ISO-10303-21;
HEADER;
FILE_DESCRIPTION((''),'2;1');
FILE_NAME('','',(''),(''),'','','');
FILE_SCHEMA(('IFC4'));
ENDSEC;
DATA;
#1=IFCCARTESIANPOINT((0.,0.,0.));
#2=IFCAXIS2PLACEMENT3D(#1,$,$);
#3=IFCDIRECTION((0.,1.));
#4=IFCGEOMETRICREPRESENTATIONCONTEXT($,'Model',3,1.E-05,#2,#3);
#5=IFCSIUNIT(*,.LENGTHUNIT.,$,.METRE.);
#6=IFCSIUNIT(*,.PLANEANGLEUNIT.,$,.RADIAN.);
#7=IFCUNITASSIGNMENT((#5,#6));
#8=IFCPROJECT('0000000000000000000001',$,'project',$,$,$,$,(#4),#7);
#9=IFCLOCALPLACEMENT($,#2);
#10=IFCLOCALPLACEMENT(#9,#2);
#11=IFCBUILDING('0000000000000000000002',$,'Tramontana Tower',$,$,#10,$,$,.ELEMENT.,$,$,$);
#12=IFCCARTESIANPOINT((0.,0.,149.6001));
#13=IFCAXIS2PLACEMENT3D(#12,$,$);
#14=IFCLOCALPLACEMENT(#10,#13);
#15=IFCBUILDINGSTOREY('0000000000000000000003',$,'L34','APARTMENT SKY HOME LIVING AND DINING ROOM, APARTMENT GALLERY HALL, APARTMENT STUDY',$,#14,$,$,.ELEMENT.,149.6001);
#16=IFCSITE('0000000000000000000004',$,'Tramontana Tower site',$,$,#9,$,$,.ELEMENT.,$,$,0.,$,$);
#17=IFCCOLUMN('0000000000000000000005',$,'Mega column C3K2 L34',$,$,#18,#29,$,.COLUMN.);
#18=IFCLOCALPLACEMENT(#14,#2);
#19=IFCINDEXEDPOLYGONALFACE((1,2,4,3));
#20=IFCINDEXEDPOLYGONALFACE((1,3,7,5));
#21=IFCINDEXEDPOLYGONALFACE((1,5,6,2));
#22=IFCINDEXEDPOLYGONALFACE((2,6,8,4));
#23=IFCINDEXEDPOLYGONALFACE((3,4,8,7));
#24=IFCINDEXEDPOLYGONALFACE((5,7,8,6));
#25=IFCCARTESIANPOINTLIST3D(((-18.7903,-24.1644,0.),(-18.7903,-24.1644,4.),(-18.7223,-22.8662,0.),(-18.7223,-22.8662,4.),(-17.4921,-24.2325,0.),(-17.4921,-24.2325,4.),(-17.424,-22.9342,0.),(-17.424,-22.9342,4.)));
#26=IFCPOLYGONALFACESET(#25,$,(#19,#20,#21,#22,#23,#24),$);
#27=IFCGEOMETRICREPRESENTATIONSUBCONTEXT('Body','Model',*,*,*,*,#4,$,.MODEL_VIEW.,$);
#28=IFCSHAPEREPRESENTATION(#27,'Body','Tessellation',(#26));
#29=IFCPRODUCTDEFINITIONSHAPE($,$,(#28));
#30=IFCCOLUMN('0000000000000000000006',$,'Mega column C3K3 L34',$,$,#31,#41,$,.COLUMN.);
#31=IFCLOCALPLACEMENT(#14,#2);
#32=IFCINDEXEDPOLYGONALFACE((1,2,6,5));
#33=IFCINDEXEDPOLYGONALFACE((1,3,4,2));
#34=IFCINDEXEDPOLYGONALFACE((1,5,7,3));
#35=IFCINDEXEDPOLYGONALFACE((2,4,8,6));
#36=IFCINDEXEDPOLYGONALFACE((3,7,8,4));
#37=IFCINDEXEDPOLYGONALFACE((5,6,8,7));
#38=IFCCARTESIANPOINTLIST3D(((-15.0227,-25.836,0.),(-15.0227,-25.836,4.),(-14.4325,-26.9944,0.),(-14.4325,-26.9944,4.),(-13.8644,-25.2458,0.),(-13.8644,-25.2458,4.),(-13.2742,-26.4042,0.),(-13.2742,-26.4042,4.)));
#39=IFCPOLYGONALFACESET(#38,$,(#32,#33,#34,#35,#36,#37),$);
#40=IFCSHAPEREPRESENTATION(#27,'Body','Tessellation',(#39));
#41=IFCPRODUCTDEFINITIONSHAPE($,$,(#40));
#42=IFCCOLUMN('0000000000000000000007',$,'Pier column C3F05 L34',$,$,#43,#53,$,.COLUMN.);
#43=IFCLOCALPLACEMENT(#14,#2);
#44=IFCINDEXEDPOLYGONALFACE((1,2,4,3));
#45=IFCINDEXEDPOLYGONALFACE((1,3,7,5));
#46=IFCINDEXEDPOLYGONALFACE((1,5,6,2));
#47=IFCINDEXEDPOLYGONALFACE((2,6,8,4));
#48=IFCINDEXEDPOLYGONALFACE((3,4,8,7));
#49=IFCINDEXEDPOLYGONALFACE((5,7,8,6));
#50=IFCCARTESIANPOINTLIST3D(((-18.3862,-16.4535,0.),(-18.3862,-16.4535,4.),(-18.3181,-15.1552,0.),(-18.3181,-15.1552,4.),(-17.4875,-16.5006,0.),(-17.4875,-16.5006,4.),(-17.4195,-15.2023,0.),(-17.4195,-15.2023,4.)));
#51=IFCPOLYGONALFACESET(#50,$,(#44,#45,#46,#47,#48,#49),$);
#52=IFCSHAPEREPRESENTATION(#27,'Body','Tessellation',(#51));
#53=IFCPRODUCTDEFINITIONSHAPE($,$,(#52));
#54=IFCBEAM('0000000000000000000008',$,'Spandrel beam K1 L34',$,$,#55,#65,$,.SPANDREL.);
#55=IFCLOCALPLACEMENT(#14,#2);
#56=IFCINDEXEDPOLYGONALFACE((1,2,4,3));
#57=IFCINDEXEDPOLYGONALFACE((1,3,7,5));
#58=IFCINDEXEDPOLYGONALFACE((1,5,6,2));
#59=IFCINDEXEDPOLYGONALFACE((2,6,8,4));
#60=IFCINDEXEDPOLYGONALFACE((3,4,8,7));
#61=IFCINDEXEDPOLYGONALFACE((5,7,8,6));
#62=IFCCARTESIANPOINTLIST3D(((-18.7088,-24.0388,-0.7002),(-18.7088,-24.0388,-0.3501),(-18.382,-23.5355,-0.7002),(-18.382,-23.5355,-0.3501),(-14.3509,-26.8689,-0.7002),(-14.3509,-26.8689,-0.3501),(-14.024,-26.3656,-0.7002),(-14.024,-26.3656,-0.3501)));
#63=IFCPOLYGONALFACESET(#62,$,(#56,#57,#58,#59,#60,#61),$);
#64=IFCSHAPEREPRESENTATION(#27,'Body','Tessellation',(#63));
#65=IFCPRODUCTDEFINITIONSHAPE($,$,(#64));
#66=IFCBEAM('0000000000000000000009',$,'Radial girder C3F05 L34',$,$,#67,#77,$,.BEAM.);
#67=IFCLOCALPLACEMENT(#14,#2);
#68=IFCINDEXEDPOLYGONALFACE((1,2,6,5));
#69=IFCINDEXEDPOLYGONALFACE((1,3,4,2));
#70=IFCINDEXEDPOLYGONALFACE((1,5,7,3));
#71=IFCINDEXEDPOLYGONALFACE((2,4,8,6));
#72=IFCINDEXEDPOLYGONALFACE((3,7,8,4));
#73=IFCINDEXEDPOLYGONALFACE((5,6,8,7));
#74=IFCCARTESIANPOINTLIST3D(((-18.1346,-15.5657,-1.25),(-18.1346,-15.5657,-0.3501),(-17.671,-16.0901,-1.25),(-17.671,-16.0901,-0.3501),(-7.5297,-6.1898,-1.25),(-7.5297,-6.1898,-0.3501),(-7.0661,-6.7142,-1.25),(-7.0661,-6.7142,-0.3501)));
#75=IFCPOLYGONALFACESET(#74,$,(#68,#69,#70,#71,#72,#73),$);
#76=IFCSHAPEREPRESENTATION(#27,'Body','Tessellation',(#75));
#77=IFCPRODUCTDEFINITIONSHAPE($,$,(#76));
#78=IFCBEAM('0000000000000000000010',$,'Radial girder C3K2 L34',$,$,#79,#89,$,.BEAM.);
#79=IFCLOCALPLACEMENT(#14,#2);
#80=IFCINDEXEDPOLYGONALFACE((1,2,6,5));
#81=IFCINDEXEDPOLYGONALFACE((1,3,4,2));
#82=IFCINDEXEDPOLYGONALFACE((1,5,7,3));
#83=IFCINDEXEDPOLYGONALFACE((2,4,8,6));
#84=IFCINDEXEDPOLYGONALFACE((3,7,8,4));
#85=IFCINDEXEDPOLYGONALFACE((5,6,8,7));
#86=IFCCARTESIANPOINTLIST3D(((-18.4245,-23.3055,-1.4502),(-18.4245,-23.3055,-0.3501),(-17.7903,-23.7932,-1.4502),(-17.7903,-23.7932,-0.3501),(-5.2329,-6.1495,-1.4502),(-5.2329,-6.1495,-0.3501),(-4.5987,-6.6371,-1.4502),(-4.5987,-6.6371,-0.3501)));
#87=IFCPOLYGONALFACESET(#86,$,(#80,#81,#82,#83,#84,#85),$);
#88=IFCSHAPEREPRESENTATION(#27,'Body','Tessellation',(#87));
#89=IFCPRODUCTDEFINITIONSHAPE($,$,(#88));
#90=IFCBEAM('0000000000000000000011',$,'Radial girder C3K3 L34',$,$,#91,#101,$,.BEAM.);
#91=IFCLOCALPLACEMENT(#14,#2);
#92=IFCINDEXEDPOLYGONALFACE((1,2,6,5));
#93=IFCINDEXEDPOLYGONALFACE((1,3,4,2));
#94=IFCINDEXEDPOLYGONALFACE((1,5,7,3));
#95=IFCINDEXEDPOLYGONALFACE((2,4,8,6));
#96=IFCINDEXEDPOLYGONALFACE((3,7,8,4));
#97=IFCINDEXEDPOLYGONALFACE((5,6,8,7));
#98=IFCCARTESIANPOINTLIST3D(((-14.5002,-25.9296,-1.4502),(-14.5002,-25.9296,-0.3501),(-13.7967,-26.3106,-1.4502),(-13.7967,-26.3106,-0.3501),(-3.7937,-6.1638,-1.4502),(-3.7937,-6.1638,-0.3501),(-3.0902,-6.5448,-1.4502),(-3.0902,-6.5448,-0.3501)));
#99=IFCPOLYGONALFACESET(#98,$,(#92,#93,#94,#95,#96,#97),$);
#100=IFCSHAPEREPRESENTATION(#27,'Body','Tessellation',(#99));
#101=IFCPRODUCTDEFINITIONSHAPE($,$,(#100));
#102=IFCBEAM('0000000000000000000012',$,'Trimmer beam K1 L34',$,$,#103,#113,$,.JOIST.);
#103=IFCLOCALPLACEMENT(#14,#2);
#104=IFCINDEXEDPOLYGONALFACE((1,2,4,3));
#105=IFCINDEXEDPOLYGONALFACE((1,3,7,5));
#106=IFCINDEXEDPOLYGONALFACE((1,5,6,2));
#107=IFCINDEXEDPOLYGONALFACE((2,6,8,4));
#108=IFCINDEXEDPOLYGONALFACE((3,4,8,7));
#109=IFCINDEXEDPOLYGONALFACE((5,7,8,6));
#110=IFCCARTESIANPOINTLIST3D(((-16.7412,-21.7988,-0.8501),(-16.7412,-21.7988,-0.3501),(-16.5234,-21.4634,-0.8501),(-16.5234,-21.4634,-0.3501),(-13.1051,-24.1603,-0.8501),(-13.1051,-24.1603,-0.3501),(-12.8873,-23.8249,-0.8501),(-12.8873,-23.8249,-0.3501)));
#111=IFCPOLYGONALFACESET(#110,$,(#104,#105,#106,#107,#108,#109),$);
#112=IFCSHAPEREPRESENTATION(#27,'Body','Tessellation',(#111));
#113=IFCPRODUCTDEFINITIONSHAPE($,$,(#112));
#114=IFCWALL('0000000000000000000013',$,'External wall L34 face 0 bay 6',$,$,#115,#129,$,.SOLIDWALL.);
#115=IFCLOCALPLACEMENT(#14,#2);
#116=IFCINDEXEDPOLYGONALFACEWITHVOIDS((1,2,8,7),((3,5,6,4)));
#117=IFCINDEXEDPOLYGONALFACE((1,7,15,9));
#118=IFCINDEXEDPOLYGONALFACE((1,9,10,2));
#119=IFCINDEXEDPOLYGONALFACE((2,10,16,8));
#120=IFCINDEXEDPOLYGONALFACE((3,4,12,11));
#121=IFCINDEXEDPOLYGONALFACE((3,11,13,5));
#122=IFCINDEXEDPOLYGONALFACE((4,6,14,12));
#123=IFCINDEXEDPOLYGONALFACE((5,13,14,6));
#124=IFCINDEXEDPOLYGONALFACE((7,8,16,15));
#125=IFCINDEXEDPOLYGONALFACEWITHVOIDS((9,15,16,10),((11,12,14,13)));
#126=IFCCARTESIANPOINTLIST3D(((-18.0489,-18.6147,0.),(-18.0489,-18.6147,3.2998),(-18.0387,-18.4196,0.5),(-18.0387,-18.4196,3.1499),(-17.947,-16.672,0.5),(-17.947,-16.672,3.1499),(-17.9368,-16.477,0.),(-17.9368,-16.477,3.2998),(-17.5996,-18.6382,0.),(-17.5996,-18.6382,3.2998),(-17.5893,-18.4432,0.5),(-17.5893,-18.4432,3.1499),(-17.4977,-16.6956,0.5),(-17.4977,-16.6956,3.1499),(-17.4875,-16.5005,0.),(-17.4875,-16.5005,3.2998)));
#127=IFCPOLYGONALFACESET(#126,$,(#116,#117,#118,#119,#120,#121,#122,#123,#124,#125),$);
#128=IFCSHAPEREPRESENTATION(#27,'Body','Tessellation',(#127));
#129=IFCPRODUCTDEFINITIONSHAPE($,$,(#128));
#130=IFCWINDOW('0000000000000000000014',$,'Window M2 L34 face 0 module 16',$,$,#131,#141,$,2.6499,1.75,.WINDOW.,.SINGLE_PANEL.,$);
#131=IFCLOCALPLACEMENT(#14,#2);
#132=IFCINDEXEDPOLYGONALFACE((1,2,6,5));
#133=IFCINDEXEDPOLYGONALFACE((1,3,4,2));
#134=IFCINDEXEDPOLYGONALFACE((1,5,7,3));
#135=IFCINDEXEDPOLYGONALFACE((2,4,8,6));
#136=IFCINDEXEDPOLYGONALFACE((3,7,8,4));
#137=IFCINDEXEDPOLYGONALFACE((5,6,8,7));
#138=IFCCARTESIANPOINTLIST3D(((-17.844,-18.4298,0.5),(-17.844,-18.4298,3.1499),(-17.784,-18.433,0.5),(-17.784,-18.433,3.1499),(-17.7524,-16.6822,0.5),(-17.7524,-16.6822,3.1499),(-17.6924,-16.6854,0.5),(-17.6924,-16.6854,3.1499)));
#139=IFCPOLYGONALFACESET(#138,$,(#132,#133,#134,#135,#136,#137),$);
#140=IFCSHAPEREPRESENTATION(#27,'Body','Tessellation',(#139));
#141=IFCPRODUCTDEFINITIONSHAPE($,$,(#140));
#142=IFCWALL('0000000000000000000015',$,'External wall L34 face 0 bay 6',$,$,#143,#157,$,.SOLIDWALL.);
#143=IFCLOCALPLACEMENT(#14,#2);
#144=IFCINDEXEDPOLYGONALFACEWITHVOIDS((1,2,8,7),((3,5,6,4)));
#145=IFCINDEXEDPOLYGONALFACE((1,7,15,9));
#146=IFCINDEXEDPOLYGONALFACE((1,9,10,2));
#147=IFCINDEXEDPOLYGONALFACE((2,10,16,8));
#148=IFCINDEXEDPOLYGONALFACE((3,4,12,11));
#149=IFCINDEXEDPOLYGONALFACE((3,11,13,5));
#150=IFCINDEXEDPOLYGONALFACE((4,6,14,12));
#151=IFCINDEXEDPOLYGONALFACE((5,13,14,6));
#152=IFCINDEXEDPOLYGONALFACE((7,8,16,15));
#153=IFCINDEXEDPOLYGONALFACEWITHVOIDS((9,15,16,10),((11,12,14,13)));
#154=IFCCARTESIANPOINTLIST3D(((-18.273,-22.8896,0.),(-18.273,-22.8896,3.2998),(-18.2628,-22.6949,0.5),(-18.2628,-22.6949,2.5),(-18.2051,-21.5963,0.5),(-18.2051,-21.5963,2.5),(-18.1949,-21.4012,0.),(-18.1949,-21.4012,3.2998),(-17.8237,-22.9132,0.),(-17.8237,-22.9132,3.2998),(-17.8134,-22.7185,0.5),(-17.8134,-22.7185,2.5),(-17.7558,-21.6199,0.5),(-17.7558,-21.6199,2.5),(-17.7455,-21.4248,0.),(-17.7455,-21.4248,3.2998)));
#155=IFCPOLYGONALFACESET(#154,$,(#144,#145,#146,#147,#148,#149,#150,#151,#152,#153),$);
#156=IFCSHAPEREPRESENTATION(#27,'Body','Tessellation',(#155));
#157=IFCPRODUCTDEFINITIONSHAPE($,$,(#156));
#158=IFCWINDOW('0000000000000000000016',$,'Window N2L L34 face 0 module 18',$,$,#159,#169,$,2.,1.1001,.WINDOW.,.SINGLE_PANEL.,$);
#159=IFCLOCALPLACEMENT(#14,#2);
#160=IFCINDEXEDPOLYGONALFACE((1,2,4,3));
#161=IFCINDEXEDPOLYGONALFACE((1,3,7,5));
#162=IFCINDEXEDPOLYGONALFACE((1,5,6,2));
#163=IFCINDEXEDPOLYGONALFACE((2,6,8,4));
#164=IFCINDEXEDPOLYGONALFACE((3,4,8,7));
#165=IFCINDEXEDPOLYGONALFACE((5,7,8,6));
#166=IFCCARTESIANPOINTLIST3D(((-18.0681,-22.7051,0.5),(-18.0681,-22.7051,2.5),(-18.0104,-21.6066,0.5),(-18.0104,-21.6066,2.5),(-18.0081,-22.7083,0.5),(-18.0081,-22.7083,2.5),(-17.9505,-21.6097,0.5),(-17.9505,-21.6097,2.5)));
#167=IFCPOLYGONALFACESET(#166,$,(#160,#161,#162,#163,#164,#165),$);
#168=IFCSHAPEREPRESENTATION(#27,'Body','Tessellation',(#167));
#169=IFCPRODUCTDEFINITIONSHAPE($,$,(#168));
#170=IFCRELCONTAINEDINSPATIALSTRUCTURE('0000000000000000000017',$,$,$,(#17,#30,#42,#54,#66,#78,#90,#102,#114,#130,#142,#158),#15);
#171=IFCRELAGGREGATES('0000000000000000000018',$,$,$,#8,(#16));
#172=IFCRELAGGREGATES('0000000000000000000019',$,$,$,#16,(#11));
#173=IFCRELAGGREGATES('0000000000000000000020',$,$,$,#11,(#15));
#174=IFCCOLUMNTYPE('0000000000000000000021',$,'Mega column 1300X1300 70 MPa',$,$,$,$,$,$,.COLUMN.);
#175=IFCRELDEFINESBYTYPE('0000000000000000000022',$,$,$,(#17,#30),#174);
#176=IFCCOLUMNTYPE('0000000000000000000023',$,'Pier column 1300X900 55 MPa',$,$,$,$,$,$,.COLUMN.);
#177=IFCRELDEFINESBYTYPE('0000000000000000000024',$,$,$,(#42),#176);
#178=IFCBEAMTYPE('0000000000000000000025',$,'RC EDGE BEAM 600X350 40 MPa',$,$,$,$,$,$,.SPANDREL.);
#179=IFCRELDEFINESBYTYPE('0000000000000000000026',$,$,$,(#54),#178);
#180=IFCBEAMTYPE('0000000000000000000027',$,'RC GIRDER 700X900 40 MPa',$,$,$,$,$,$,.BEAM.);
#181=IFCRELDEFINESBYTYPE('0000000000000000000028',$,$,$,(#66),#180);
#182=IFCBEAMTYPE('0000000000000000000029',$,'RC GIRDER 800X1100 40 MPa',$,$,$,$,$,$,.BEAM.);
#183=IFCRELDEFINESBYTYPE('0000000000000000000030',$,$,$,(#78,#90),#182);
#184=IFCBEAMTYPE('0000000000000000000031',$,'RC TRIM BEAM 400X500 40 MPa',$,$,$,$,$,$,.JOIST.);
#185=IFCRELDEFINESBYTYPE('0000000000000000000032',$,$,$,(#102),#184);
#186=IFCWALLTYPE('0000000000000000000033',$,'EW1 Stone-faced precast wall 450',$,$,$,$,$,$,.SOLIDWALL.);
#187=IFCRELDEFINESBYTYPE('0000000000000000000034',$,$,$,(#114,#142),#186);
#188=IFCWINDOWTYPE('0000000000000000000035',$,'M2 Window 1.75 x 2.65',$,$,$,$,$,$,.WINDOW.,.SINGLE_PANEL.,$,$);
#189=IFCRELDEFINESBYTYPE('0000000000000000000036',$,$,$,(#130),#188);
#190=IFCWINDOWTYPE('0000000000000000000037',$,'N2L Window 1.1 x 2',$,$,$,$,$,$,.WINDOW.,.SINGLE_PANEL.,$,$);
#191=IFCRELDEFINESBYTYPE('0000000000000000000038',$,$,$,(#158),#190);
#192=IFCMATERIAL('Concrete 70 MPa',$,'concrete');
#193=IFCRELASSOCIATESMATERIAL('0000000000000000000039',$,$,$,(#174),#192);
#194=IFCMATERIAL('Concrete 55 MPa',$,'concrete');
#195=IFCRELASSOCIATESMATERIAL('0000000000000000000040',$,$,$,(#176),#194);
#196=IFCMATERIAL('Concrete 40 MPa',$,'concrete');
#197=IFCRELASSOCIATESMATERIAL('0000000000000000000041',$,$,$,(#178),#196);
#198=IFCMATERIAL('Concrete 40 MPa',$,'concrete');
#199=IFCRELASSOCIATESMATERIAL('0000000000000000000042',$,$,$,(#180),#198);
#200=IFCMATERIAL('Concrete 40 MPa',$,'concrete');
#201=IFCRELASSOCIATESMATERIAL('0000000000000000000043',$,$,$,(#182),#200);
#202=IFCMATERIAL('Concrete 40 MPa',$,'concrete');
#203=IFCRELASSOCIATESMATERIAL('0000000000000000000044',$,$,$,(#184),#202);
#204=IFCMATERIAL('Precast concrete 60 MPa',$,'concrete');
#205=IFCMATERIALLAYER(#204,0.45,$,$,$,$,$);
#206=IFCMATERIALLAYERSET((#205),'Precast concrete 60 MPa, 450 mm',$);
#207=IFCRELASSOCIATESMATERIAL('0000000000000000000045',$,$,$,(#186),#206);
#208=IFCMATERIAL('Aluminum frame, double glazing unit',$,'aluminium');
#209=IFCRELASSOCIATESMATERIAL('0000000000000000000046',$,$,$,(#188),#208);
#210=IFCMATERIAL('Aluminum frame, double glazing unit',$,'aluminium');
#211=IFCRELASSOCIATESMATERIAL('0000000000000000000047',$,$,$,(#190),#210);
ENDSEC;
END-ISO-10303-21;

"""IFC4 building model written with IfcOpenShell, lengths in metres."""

from ifc_helpers import new_model, si_unit, direction, frame, frame_2d, origin, origin_2d, place, context, subcontext, project, spatial, rectangle, extrude, material, layer, layer_set, material_profile, profile_set, type_object, element, fill, save


model = new_model("IFC4")

# Units and contexts
model_context = context("Model", 3, precision=1e-05, world=origin(), true_north=direction((0.0, 1.0)))
body_context = subcontext(model_context, "Body", "Model", "MODEL_VIEW")
ifc_project = project(units=[si_unit("LENGTHUNIT", "METRE"), si_unit("PLANEANGLEUNIT", "RADIAN")], contexts=[model_context])

# Site, building, storey
site_placement = place(None, origin())
site = spatial("IfcSite", under=ifc_project, at=site_placement, Name="Tramontana Tower site", CompositionType="ELEMENT", RefElevation=0.0)
building_placement = place(site_placement, origin())
building = spatial("IfcBuilding", under=site, at=building_placement, Name="Tramontana Tower", CompositionType="ELEMENT")
storey_placement = place(building_placement, frame((0.0, 0.0, 149.6001)))
storey = spatial("IfcBuildingStorey", under=building, at=storey_placement, Name="L34", Description="APARTMENT SKY HOME LIVING AND DINING ROOM, APARTMENT GALLERY HALL, APARTMENT STUDY", CompositionType="ELEMENT", Elevation=149.6001)

# Columns
ifc_material_1 = material(Name="Concrete 70 MPa", Category="concrete")
ifc_material_profile_1 = material_profile(ifc_material_1, rectangle(XDim=1.3, YDim=1.3, at=origin_2d()), Name="Mega column 1300X1300 70 MPa")
ifc_profile_set_1 = profile_set([ifc_material_profile_1], Name="Concrete 70 MPa")
column_type_1 = type_object("IfcColumnType", Name="Mega column 1300X1300 70 MPa", PredefinedType="COLUMN", material=ifc_profile_set_1)
for number, where, z_axis, x_axis, name in (
    (1, (-18.1072, -23.5493, 0.0), (0.0, 0.0, 1.0), (-0.052336, -0.99863, 0.0), "Mega column C3K2 L34"),
    (2, (-14.1484, -26.1201, 0.0), (0.0, 0.0, 1.0), (0.891007, 0.45399, 0.0), "Mega column C3K3 L34"),
):
    element("IfcColumn", number, at=place(storey_placement, frame(where, z_axis=z_axis, x_axis=x_axis)), inside=storey, type_object=column_type_1, Name=name, PredefinedType="COLUMN", context=body_context, shape_type="SweptSolid", body=[
        extrude(rectangle(XDim=1.3, YDim=1.3, at=origin_2d()), origin(), (0.0, 0.0, 1.0), 4.0),
    ])
ifc_material_2 = material(Name="Concrete 55 MPa", Category="concrete")
ifc_material_profile_2 = material_profile(ifc_material_2, rectangle(XDim=1.3, YDim=0.8999, at=origin_2d()), Name="Pier column 1300X900 55 MPa")
ifc_profile_set_2 = profile_set([ifc_material_profile_2], Name="Concrete 55 MPa")
column_type_2 = type_object("IfcColumnType", Name="Pier column 1300X900 55 MPa", PredefinedType="COLUMN", material=ifc_profile_set_2)
column_placement = place(storey_placement, frame((-17.9028, -15.8279, 0.0), z_axis=(0.0, 0.0, 1.0), x_axis=(-0.052336, -0.99863, 0.0)))
element("IfcColumn", 3, at=column_placement, inside=storey, type_object=column_type_2, Name="Pier column C3F05 L34", PredefinedType="COLUMN", context=body_context, shape_type="SweptSolid", body=[
    extrude(rectangle(XDim=1.3, YDim=0.8999, at=origin_2d()), origin(), (0.0, 0.0, 1.0), 4.0),
])

# Beams
ifc_material_3 = material(Name="Concrete 40 MPa", Category="concrete")
ifc_material_profile_3 = material_profile(ifc_material_3, rectangle(XDim=0.6001, YDim=0.3501, at=origin_2d()), Name="RC EDGE BEAM 600X350 40 MPa")
ifc_profile_set_3 = profile_set([ifc_material_profile_3], Name="Concrete 40 MPa")
beam_type_1 = type_object("IfcBeamType", Name="RC EDGE BEAM 600X350 40 MPa", PredefinedType="SPANDREL", material=ifc_profile_set_3)
beam_1_placement = place(storey_placement, frame((-18.5454, -23.7871, -0.5251), z_axis=(0.838669, -0.544641, 0.0), x_axis=(0.544641, 0.838669, 0.0)))
element("IfcBeam", 4, at=beam_1_placement, inside=storey, type_object=beam_type_1, Name="Spandrel beam K1 L34", PredefinedType="SPANDREL", context=body_context, shape_type="SweptSolid", body=[
    extrude(rectangle(XDim=0.6001, YDim=0.3501, at=origin_2d()), origin(), (0.0, 0.0, 1.0), 5.1963),
])
ifc_material_4 = material(Name="Concrete 40 MPa", Category="concrete")
ifc_material_profile_4 = material_profile(ifc_material_4, rectangle(XDim=0.7, YDim=0.8999, at=origin_2d()), Name="RC GIRDER 700X900 40 MPa")
ifc_profile_set_4 = profile_set([ifc_material_profile_4], Name="Concrete 40 MPa")
beam_type_2 = type_object("IfcBeamType", Name="RC GIRDER 700X900 40 MPa", PredefinedType="BEAM", material=ifc_profile_set_4)
beam_2_placement = place(storey_placement, frame((-17.9028, -15.8279, -0.8), z_axis=(0.749184, 0.662362, 0.0), x_axis=(-0.662362, 0.749184, 0.0)))
element("IfcBeam", 5, at=beam_2_placement, inside=storey, type_object=beam_type_2, Name="Radial girder C3F05 L34", PredefinedType="BEAM", context=body_context, shape_type="SweptSolid", body=[
    extrude(rectangle(XDim=0.7, YDim=0.8999, at=origin_2d()), origin(), (0.0, 0.0, 1.0), 14.1553),
])
ifc_material_5 = material(Name="Concrete 40 MPa", Category="concrete")
ifc_material_profile_5 = material_profile(ifc_material_5, rectangle(XDim=0.8, YDim=1.1001, at=origin_2d()), Name="RC GIRDER 800X1100 40 MPa")
ifc_profile_set_5 = profile_set([ifc_material_profile_5], Name="Concrete 40 MPa")
beam_type_3 = type_object("IfcBeamType", Name="RC GIRDER 800X1100 40 MPa", PredefinedType="BEAM", material=ifc_profile_set_5)
beam_3_placement = place(storey_placement, frame((-18.1074, -23.5493, -0.9001), z_axis=(0.609558, 0.792742, 0.0), x_axis=(-0.792742, 0.609558, 0.0)))
element("IfcBeam", 6, at=beam_3_placement, inside=storey, type_object=beam_type_3, Name="Radial girder C3K2 L34", PredefinedType="BEAM", context=body_context, shape_type="SweptSolid", body=[
    extrude(rectangle(XDim=0.8, YDim=1.1001, at=origin_2d()), origin(), (0.0, 0.0, 1.0), 21.6414),
])
beam_4_placement = place(storey_placement, frame((-14.1484, -26.1201, -0.9001), z_axis=(0.476284, 0.879291, 0.0), x_axis=(-0.879291, 0.476284, 0.0)))
element("IfcBeam", 7, at=beam_4_placement, inside=storey, type_object=beam_type_3, Name="Radial girder C3K3 L34", PredefinedType="BEAM", context=body_context, shape_type="SweptSolid", body=[
    extrude(rectangle(XDim=0.8, YDim=1.1001, at=origin_2d()), origin(), (0.0, 0.0, 1.0), 22.4792),
])
ifc_material_6 = material(Name="Concrete 40 MPa", Category="concrete")
ifc_material_profile_6 = material_profile(ifc_material_6, rectangle(XDim=0.3999, YDim=0.5, at=origin_2d()), Name="RC TRIM BEAM 400X500 40 MPa")
ifc_profile_set_6 = profile_set([ifc_material_profile_6], Name="Concrete 40 MPa")
beam_type_4 = type_object("IfcBeamType", Name="RC TRIM BEAM 400X500 40 MPa", PredefinedType="JOIST", material=ifc_profile_set_6)
beam_5_placement = place(storey_placement, frame((-16.6323, -21.6311, -0.6001), z_axis=(0.838652, -0.544668, 0.0), x_axis=(0.544668, 0.838652, 0.0)))
element("IfcBeam", 8, at=beam_5_placement, inside=storey, type_object=beam_type_4, Name="Trimmer beam K1 L34", PredefinedType="JOIST", context=body_context, shape_type="SweptSolid", body=[
    extrude(rectangle(XDim=0.3999, YDim=0.5, at=origin_2d()), origin(), (0.0, 0.0, 1.0), 4.3357),
])

# Walls, openings, windows
ifc_material_7 = material(Name="Precast concrete 60 MPa", Category="concrete")
ifc_layer_1 = layer(ifc_material_7, 0.45)
ifc_layer_set_1 = layer_set([ifc_layer_1], Name="Precast concrete 60 MPa, 450 mm")
wall_type_1 = type_object("IfcWallType", Name="EW1 Stone-faced precast wall 450", PredefinedType="SOLIDWALL", material=ifc_layer_set_1)
wall_1_placement = place(storey_placement, frame((-17.7122, -16.4888, 0.0), z_axis=(0.0, 0.0, 1.0), x_axis=(-0.052349, -0.998629, 0.0)))
wall_1 = element("IfcWall", 9, at=wall_1_placement, inside=storey, type_object=wall_type_1, Name="External wall L34 face 0 bay 6", PredefinedType="SOLIDWALL", context=body_context, shape_type="SweptSolid", body=[
    extrude(rectangle(XDim=2.1406, YDim=0.45, at=frame_2d((1.0703, 0.0))), origin(), (0.0, 0.0, 1.0), 3.2998),
])
opening_1_placement = place(wall_1_placement, frame((0.1953, 0.0, 0.5)))
opening_1 = element("IfcOpeningElement", 10, at=opening_1_placement, cuts=wall_1, PredefinedType="OPENING", context=body_context, shape_type="SweptSolid", body=[
    extrude(rectangle(XDim=1.75, YDim=2.6499, at=frame_2d((0.875, 1.325))), frame((0.0, 0.2349, 0.0), z_axis=(0.0, -1.0, 0.0), x_axis=(1.0, 0.0, 0.0)), (0.0, 0.0, 1.0), 0.47),
])
ifc_material_8 = material(Name="Aluminum frame, double glazing unit", Category="aluminium")
window_type_1 = type_object("IfcWindowType", Name="M2 Window 1.75 x 2.65", PartitioningType="SINGLE_PANEL", PredefinedType="WINDOW", material=ifc_material_8)
window_1_placement = place(opening_1_placement, origin())
window_1 = element("IfcWindow", 11, at=window_1_placement, inside=storey, type_object=window_type_1, Name="Window M2 L34 face 0 module 16", OverallHeight=2.6499, OverallWidth=1.75, PartitioningType="SINGLE_PANEL", PredefinedType="WINDOW", context=body_context, shape_type="SweptSolid", body=[
    extrude(rectangle(XDim=1.75, YDim=2.6499, at=frame_2d((0.875, 1.325))), frame((0.0, 0.03, 0.0), z_axis=(0.0, -1.0, 0.0), x_axis=(1.0, 0.0, 0.0)), (0.0, 0.0, 1.0), 0.0601),
])
fill(opening_1, window_1)
wall_2_placement = place(storey_placement, frame((-17.9702, -21.4131, 0.0), z_axis=(0.0, 0.0, 1.0), x_axis=(-0.052413, -0.998626, 0.0)))
wall_2 = element("IfcWall", 12, at=wall_2_placement, inside=storey, type_object=wall_type_1, Name="External wall L34 face 0 bay 6", PredefinedType="SOLIDWALL", context=body_context, shape_type="SweptSolid", body=[
    extrude(rectangle(XDim=1.4905, YDim=0.45, at=frame_2d((0.7451, 0.0))), origin(), (0.0, 0.0, 1.0), 3.2998),
])
opening_2_placement = place(wall_2_placement, frame((0.1953, 0.0, 0.5)))
opening_2 = element("IfcOpeningElement", 13, at=opening_2_placement, cuts=wall_2, PredefinedType="OPENING", context=body_context, shape_type="SweptSolid", body=[
    extrude(rectangle(XDim=1.1001, YDim=2.0, at=frame_2d((0.55, 1.0))), frame((0.0, 0.2349, 0.0), z_axis=(0.0, -1.0, 0.0), x_axis=(1.0, 0.0, 0.0)), (0.0, 0.0, 1.0), 0.47),
])
ifc_material_9 = material(Name="Aluminum frame, double glazing unit", Category="aluminium")
window_type_2 = type_object("IfcWindowType", Name="N2L Window 1.1 x 2", PartitioningType="SINGLE_PANEL", PredefinedType="WINDOW", material=ifc_material_9)
window_2_placement = place(opening_2_placement, origin())
window_2 = element("IfcWindow", 14, at=window_2_placement, inside=storey, type_object=window_type_2, Name="Window N2L L34 face 0 module 18", OverallHeight=2.0, OverallWidth=1.1001, PartitioningType="SINGLE_PANEL", PredefinedType="WINDOW", context=body_context, shape_type="SweptSolid", body=[
    extrude(rectangle(XDim=1.1001, YDim=2.0, at=frame_2d((0.55, 1.0))), frame((0.0, 0.03, 0.0), z_axis=(0.0, -1.0, 0.0), x_axis=(1.0, 0.0, 0.0)), (0.0, 0.0, 1.0), 0.0601),
])
fill(opening_2, window_2)

save(model, "model.ifc")
